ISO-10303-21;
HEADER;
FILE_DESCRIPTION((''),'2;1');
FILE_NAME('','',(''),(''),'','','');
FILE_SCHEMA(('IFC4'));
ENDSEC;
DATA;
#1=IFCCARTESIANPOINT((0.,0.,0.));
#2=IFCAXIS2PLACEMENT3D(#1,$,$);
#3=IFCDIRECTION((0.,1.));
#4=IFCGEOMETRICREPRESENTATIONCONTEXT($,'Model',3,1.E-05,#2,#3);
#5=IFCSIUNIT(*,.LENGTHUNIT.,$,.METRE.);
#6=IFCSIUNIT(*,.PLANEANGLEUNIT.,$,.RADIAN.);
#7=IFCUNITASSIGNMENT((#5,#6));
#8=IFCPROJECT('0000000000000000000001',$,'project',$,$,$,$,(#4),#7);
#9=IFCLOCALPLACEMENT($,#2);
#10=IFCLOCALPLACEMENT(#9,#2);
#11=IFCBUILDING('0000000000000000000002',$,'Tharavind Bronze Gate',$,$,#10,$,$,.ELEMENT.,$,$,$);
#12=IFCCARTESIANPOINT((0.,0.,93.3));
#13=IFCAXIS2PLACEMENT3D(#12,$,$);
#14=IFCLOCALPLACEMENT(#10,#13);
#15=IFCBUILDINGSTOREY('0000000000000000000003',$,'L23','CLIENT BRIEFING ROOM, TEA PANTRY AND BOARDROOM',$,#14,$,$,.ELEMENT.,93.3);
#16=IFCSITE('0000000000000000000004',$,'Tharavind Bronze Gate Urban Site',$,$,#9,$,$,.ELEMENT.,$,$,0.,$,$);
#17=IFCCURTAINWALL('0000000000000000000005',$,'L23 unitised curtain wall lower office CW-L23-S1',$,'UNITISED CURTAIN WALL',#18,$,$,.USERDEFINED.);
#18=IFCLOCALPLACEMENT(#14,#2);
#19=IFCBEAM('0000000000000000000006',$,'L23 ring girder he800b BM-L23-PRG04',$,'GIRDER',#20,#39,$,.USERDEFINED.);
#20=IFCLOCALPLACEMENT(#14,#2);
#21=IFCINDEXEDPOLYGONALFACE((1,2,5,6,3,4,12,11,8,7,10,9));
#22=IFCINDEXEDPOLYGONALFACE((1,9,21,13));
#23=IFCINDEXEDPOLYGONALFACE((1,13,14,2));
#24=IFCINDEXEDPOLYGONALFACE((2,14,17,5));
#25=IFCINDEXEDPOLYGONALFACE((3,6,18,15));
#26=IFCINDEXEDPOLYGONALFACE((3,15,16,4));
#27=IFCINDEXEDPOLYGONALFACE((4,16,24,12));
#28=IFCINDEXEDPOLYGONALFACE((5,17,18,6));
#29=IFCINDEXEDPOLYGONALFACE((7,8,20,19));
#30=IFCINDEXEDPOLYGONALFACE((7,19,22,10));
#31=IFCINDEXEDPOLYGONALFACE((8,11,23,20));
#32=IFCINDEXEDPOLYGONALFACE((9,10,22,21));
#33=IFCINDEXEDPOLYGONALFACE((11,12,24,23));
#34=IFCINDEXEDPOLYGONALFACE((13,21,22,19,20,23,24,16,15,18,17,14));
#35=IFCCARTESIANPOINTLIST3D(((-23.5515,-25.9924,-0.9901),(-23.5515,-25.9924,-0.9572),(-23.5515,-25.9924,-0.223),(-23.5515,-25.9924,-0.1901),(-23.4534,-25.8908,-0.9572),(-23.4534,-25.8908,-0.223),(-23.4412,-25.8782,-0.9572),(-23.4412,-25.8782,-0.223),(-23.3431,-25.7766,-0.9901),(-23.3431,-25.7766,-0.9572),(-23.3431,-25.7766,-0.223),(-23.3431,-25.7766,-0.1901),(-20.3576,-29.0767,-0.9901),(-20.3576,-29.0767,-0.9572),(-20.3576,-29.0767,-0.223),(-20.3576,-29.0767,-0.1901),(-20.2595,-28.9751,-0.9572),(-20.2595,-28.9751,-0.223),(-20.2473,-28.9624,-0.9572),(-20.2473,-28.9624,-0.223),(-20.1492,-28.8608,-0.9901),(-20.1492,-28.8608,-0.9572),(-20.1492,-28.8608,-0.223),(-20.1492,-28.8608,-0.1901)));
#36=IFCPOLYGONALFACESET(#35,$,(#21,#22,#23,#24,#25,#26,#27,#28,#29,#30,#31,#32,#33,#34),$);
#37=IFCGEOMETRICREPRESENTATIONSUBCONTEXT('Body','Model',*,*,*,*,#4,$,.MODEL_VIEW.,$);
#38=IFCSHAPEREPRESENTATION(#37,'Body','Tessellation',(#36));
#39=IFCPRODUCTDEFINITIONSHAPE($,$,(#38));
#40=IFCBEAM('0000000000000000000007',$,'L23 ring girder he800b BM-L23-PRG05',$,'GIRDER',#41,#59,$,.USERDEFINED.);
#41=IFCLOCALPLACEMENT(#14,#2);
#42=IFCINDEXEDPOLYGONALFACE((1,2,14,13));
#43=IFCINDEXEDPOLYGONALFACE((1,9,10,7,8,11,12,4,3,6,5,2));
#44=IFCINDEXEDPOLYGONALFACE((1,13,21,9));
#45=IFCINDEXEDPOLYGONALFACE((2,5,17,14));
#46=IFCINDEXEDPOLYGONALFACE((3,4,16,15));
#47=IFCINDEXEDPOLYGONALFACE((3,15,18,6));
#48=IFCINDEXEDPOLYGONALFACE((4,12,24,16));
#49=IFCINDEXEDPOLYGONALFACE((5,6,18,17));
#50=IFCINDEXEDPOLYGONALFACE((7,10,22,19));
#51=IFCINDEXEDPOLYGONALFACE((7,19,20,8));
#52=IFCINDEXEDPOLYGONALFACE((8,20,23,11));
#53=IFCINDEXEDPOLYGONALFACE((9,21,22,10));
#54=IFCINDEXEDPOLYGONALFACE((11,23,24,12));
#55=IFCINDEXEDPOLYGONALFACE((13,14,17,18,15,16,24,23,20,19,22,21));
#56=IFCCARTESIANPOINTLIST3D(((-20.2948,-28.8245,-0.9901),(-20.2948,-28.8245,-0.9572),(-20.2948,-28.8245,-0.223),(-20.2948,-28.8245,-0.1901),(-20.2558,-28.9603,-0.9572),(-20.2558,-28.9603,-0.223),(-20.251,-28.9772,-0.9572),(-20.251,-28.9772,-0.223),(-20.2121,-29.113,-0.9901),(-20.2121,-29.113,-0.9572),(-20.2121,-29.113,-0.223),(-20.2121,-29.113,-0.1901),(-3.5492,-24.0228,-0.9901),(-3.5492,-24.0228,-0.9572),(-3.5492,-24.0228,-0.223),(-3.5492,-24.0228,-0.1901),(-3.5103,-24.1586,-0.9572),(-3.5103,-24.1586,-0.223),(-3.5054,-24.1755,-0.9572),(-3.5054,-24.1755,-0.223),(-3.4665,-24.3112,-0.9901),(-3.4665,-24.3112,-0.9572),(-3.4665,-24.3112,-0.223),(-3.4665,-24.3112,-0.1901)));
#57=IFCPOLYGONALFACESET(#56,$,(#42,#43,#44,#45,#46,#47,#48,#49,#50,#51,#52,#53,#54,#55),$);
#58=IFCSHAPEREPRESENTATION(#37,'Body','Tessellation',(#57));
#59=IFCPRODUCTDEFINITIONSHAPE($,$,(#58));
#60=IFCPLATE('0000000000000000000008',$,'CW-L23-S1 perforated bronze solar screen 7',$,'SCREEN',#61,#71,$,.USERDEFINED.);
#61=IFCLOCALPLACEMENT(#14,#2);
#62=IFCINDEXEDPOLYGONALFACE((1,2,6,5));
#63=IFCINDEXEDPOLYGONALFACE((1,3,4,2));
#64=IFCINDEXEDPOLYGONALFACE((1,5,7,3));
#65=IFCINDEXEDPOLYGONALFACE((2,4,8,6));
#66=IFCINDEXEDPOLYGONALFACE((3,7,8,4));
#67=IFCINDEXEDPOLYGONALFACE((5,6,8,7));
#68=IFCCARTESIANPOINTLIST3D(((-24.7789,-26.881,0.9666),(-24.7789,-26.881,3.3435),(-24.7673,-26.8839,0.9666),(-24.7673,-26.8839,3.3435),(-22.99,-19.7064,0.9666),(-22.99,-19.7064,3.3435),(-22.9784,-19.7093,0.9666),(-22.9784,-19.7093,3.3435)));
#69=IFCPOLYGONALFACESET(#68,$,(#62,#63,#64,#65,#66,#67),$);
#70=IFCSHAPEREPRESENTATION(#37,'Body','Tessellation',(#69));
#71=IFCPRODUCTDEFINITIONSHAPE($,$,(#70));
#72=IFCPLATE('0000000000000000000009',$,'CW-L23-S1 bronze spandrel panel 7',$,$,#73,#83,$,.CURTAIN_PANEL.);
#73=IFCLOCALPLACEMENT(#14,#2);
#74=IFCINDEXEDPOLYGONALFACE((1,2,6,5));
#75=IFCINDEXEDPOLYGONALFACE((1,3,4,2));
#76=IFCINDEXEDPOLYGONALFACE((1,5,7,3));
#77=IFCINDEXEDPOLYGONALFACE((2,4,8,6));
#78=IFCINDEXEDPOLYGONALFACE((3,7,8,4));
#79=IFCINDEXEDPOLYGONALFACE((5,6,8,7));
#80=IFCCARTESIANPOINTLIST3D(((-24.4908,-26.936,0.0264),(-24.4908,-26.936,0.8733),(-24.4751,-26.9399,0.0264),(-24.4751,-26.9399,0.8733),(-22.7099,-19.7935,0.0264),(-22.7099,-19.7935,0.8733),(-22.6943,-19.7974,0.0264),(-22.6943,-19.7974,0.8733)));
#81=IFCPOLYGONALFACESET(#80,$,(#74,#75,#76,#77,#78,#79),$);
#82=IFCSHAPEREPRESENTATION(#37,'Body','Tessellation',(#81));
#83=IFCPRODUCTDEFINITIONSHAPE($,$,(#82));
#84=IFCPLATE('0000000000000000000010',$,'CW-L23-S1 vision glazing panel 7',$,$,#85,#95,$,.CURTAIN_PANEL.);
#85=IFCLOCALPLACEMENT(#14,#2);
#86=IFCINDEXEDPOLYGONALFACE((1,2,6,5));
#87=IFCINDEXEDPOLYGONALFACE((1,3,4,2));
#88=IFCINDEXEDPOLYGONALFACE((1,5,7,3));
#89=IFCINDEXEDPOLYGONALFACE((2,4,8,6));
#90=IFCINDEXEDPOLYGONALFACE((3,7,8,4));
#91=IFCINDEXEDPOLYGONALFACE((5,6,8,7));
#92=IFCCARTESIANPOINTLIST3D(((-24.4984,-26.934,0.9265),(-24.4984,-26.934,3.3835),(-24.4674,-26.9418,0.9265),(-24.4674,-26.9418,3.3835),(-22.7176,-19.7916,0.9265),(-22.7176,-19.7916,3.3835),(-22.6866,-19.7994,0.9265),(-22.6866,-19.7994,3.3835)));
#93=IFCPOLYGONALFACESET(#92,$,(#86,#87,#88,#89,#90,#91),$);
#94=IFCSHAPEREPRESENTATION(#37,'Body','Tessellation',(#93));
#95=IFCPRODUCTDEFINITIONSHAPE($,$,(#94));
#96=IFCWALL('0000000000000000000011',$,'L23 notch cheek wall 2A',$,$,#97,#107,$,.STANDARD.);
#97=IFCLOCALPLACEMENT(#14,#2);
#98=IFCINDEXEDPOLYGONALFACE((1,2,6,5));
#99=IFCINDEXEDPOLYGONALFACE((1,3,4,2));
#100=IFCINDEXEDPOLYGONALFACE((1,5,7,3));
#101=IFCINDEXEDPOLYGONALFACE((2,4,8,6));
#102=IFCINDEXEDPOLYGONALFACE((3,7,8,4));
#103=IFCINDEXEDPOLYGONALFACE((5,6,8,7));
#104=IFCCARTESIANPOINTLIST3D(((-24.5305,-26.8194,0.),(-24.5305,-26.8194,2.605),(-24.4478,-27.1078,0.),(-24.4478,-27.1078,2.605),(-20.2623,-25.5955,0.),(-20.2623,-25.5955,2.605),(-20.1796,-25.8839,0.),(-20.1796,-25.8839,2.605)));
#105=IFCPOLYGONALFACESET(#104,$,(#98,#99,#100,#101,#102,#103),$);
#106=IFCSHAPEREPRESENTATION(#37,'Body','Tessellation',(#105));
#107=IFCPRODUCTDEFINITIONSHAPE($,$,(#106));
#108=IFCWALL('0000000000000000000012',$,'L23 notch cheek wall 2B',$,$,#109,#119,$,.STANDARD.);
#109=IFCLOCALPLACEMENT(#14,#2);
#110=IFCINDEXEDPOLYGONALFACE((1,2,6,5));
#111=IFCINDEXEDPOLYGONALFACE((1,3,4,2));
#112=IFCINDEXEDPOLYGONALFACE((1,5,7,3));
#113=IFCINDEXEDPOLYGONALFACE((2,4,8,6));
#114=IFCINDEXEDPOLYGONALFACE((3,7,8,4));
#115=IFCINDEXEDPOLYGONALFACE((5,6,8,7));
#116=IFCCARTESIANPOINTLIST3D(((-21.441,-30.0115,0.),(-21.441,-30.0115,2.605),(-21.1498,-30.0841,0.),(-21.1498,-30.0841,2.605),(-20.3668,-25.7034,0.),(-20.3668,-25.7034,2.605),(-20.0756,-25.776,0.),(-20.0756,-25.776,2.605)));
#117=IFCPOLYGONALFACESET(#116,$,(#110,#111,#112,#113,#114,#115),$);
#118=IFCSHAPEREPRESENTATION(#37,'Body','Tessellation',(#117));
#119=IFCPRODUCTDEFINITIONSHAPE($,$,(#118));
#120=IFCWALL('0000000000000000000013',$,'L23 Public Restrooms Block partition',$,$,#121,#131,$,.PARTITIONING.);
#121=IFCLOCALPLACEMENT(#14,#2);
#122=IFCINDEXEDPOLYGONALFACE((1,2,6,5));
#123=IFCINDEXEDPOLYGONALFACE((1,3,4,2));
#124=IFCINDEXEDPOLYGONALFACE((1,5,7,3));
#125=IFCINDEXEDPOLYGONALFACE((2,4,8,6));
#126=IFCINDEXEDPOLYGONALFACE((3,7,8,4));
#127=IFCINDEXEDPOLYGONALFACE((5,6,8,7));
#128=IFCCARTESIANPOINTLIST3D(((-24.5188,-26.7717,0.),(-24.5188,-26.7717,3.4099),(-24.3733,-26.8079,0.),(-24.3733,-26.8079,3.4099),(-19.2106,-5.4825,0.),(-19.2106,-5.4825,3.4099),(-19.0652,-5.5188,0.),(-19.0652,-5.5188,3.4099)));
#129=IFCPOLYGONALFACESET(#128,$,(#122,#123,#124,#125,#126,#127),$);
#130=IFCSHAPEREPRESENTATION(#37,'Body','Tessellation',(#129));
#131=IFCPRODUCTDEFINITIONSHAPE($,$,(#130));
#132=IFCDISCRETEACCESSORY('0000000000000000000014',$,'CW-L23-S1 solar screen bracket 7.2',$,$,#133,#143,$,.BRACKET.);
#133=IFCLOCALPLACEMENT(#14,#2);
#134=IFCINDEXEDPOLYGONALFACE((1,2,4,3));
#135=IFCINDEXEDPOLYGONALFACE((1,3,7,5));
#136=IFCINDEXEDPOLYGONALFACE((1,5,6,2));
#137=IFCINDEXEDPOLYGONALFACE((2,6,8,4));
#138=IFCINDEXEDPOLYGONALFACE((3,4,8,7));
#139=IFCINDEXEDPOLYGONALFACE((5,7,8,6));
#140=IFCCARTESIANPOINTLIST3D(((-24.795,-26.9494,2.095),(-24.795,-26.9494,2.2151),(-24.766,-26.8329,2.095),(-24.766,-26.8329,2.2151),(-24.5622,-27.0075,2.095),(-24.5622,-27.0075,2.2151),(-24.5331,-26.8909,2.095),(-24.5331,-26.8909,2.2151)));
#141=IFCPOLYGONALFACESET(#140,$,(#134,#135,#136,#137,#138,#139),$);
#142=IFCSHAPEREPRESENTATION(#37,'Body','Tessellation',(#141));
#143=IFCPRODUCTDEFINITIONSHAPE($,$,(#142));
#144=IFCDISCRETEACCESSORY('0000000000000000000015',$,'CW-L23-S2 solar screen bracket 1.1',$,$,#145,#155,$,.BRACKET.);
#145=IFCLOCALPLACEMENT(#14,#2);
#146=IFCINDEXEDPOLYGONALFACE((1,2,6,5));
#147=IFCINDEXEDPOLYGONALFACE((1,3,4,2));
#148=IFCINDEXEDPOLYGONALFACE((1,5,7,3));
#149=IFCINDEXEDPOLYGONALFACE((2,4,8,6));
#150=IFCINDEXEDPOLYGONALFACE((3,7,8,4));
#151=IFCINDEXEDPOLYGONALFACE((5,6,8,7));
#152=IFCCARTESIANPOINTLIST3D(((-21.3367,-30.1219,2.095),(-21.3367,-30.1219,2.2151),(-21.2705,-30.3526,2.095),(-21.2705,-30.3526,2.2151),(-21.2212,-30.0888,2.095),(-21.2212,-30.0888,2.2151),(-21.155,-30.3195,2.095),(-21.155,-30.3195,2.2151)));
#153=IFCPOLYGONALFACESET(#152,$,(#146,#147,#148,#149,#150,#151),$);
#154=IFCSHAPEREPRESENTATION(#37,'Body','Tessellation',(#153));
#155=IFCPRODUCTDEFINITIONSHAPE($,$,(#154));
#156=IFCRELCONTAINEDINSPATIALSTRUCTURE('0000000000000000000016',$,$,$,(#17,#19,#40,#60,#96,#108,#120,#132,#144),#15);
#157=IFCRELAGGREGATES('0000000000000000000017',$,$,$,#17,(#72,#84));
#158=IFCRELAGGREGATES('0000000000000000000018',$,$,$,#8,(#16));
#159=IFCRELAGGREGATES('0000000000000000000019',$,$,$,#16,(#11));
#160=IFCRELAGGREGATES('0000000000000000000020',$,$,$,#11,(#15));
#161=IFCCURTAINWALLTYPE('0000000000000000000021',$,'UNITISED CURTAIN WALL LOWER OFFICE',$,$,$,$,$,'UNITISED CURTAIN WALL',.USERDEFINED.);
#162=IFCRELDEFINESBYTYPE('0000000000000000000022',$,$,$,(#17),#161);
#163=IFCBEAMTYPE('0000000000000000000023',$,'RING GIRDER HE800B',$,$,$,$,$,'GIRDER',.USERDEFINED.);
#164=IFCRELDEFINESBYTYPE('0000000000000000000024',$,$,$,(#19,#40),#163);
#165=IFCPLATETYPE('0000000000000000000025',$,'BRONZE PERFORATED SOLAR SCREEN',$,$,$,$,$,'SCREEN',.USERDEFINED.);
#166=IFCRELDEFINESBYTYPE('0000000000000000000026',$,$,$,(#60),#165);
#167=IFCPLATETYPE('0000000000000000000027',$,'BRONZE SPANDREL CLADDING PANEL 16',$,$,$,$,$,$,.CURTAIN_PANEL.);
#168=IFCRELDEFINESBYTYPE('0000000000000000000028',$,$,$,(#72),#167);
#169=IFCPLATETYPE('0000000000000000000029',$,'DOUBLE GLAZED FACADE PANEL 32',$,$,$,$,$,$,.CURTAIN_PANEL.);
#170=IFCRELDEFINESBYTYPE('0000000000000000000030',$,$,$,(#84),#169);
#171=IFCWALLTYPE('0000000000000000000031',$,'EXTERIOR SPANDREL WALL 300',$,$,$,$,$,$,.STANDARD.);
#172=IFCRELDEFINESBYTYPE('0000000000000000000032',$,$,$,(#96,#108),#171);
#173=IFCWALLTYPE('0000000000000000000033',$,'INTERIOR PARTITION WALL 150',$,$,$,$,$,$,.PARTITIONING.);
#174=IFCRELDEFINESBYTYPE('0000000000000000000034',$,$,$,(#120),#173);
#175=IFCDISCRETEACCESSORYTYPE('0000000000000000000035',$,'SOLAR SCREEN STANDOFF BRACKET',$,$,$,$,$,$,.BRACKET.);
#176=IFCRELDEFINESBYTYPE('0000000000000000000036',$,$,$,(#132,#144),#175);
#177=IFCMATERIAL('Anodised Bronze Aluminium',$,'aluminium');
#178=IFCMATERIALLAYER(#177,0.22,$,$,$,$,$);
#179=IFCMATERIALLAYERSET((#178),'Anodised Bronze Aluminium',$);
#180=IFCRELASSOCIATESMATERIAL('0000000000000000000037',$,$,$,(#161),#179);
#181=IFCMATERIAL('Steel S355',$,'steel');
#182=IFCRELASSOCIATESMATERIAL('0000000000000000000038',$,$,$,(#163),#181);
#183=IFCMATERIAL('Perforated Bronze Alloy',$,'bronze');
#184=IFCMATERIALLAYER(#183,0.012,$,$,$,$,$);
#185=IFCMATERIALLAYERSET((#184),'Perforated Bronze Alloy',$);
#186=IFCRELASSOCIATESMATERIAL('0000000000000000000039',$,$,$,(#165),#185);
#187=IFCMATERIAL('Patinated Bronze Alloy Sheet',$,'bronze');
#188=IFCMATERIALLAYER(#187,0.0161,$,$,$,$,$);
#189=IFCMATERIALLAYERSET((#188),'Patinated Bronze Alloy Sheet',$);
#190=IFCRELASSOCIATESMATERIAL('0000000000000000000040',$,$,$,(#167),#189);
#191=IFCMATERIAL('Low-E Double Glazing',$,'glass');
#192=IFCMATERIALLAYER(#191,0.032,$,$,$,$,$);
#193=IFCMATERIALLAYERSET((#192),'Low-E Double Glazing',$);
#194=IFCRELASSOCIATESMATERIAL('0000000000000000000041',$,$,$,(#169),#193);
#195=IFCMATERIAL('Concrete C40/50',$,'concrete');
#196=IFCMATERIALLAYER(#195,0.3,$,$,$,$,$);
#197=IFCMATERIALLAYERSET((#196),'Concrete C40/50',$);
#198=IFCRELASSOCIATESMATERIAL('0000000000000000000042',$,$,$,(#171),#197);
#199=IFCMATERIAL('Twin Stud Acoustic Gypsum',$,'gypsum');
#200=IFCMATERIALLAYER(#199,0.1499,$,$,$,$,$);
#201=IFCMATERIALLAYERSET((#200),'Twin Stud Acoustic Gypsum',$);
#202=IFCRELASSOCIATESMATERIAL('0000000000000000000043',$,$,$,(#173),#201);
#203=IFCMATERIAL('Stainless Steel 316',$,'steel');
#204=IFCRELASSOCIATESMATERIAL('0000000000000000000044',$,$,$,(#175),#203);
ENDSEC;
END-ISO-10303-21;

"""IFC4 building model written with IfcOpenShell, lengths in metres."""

from ifc_helpers import new_model, si_unit, direction, frame, frame_2d, origin, origin_2d, place, context, subcontext, project, spatial, rectangle, i_section, extrude, material, layer, layer_set, material_profile, profile_set, type_object, element, aggregate, save


model = new_model("IFC4")

# Units and contexts
model_context = context("Model", 3, precision=1e-05, world=origin(), true_north=direction((0.0, 1.0)))
body_context = subcontext(model_context, "Body", "Model", "MODEL_VIEW")
ifc_project = project(units=[si_unit("LENGTHUNIT", "METRE"), si_unit("PLANEANGLEUNIT", "RADIAN")], contexts=[model_context])

# Site, building, storey
site_placement = place(None, origin())
site = spatial("IfcSite", under=ifc_project, at=site_placement, Name="Tharavind Bronze Gate Urban Site", CompositionType="ELEMENT", RefElevation=0.0)
building_placement = place(site_placement, origin())
building = spatial("IfcBuilding", under=site, at=building_placement, Name="Tharavind Bronze Gate", CompositionType="ELEMENT")
storey_placement = place(building_placement, frame((0.0, 0.0, 93.3)))
storey = spatial("IfcBuildingStorey", under=building, at=storey_placement, Name="L23", Description="CLIENT BRIEFING ROOM, TEA PANTRY AND BOARDROOM", CompositionType="ELEMENT", Elevation=93.3)

# Curtain wall
ifc_material_1 = material(Name="Anodised Bronze Aluminium", Category="aluminium")
ifc_layer_1 = layer(ifc_material_1, 0.22)
ifc_layer_set_1 = layer_set([ifc_layer_1], Name="Anodised Bronze Aluminium")
curtain_wall_type = type_object("IfcCurtainWallType", Name="UNITISED CURTAIN WALL LOWER OFFICE", ElementType="UNITISED CURTAIN WALL", PredefinedType="USERDEFINED", material=ifc_layer_set_1)
curtain_wall_1_placement = place(storey_placement, origin())
curtain_wall_1 = element("IfcCurtainWall", 1, at=curtain_wall_1_placement, inside=storey, type_object=curtain_wall_type, Name="L23 unitised curtain wall lower office CW-L23-S1", ObjectType="UNITISED CURTAIN WALL", PredefinedType="USERDEFINED")

# Beams
ifc_material_2 = material(Name="Steel S355", Category="steel")
ifc_material_profile_1 = material_profile(ifc_material_2, i_section(OverallWidth=0.3, OverallDepth=0.8, WebThickness=0.0176, FlangeThickness=0.033, at=origin_2d()), Name="HE800B")
ifc_profile_set_1 = profile_set([ifc_material_profile_1], Name="Steel S355")
beam_type_1 = type_object("IfcBeamType", Name="RING GIRDER HE800B", ElementType="GIRDER", PredefinedType="USERDEFINED", material=ifc_profile_set_1)
beam_1_placement = place(storey_placement, frame((-23.4473, -25.8845, -0.5901), z_axis=(0.719344, -0.694654, 0.0), x_axis=(0.694654, 0.719344, 0.0)))
element("IfcBeam", 2, at=beam_1_placement, inside=storey, type_object=beam_type_1, Name="L23 ring girder he800b BM-L23-PRG04", ObjectType="GIRDER", PredefinedType="USERDEFINED", context=body_context, shape_type="SweptSolid", body=[
    extrude(i_section(OverallWidth=0.3, OverallDepth=0.8, WebThickness=0.0176, FlangeThickness=0.033, at=origin_2d()), origin(), (0.0, 0.0, 1.0), 4.4399),
])
beam_2_placement = place(storey_placement, frame((-20.2534, -28.9688, -0.5901), z_axis=(0.961261, 0.275639, 0.0), x_axis=(-0.275639, 0.961261, 0.0)))
element("IfcBeam", 3, at=beam_2_placement, inside=storey, type_object=beam_type_1, Name="L23 ring girder he800b BM-L23-PRG05", ObjectType="GIRDER", PredefinedType="USERDEFINED", context=body_context, shape_type="SweptSolid", body=[
    extrude(i_section(OverallWidth=0.3, OverallDepth=0.8, WebThickness=0.0176, FlangeThickness=0.033, at=origin_2d()), origin(), (0.0, 0.0, 1.0), 17.4204),
])

# Plates
ifc_material_3 = material(Name="Perforated Bronze Alloy", Category="bronze")
ifc_layer_2 = layer(ifc_material_3, 0.012)
ifc_layer_set_2 = layer_set([ifc_layer_2], Name="Perforated Bronze Alloy")
plate_type_1 = type_object("IfcPlateType", Name="BRONZE PERFORATED SOLAR SCREEN", ElementType="SCREEN", PredefinedType="USERDEFINED", material=ifc_layer_set_2)
plate_1_placement = place(storey_placement, frame((-23.8787, -23.2952, 0.9666), z_axis=(0.0, 0.0, 1.0), x_axis=(-0.241922, -0.970296, 0.0)))
element("IfcPlate", 4, at=plate_1_placement, inside=storey, type_object=plate_type_1, Name="CW-L23-S1 perforated bronze solar screen 7", ObjectType="SCREEN", PredefinedType="USERDEFINED", context=body_context, shape_type="SweptSolid", body=[
    extrude(rectangle(XDim=7.3943, YDim=0.012, at=origin_2d()), origin(), (0.0, 0.0, 1.0), 2.377),
])
ifc_material_4 = material(Name="Patinated Bronze Alloy Sheet", Category="bronze")
ifc_layer_3 = layer(ifc_material_4, 0.0161)
ifc_layer_set_3 = layer_set([ifc_layer_3], Name="Patinated Bronze Alloy Sheet")
plate_type_2 = type_object("IfcPlateType", Name="BRONZE SPANDREL CLADDING PANEL 16", PredefinedType="CURTAIN_PANEL", material=ifc_layer_set_3)
plate_2_placement = place(storey_placement, frame((-23.5925, -23.3667, 0.0264), z_axis=(0.0, 0.0, 1.0), x_axis=(-0.241922, -0.970296, 0.0)))
plate_2 = element("IfcPlate", 5, at=plate_2_placement, type_object=plate_type_2, Name="CW-L23-S1 bronze spandrel panel 7", PredefinedType="CURTAIN_PANEL", context=body_context, shape_type="SweptSolid", body=[
    extrude(rectangle(XDim=7.3611, YDim=0.0161, at=origin_2d()), origin(), (0.0, 0.0, 1.0), 0.8469),
])
ifc_material_5 = material(Name="Low-E Double Glazing", Category="glass")
ifc_layer_4 = layer(ifc_material_5, 0.032)
ifc_layer_set_4 = layer_set([ifc_layer_4], Name="Low-E Double Glazing")
plate_type_3 = type_object("IfcPlateType", Name="DOUBLE GLAZED FACADE PANEL 32", PredefinedType="CURTAIN_PANEL", material=ifc_layer_set_4)
plate_3_placement = place(storey_placement, frame((-23.5925, -23.3667, 0.9265), z_axis=(0.0, 0.0, 1.0), x_axis=(-0.241922, -0.970296, 0.0)))
plate_3 = element("IfcPlate", 6, at=plate_3_placement, type_object=plate_type_3, Name="CW-L23-S1 vision glazing panel 7", PredefinedType="CURTAIN_PANEL", context=body_context, shape_type="SweptSolid", body=[
    extrude(rectangle(XDim=7.3611, YDim=0.032, at=origin_2d()), origin(), (0.0, 0.0, 1.0), 2.457),
])
aggregate(curtain_wall_1, [plate_2, plate_3])

# Walls
ifc_material_6 = material(Name="Concrete C40/50", Category="concrete")
ifc_layer_5 = layer(ifc_material_6, 0.3)
ifc_layer_set_5 = layer_set([ifc_layer_5], Name="Concrete C40/50")
wall_type_1 = type_object("IfcWallType", Name="EXTERIOR SPANDREL WALL 300", PredefinedType="STANDARD", material=ifc_layer_set_5)
wall_1_placement = place(storey_placement, frame((-24.4893, -26.9636, 0.0), z_axis=(0.0, 0.0, 1.0), x_axis=(0.96126, 0.275643, 0.0)))
element("IfcWall", 7, at=wall_1_placement, inside=storey, type_object=wall_type_1, Name="L23 notch cheek wall 2A", PredefinedType="STANDARD", context=body_context, shape_type="SweptSolid", body=[
    extrude(rectangle(XDim=4.4402, YDim=0.3, at=frame_2d((2.2202, 0.0))), origin(), (0.0, 0.0, 1.0), 2.605),
])
wall_2_placement = place(storey_placement, frame((-20.2212, -25.7397, 0.0), z_axis=(0.0, 0.0, 1.0), x_axis=(-0.24194, -0.970291, 0.0)))
element("IfcWall", 8, at=wall_2_placement, inside=storey, type_object=wall_type_1, Name="L23 notch cheek wall 2B", PredefinedType="STANDARD", context=body_context, shape_type="SweptSolid", body=[
    extrude(rectangle(XDim=4.4399, YDim=0.3, at=frame_2d((2.22, 0.0))), origin(), (0.0, 0.0, 1.0), 2.605),
])
ifc_material_7 = material(Name="Twin Stud Acoustic Gypsum", Category="gypsum")
ifc_layer_6 = layer(ifc_material_7, 0.1499)
ifc_layer_set_6 = layer_set([ifc_layer_6], Name="Twin Stud Acoustic Gypsum")
wall_type_2 = type_object("IfcWallType", Name="INTERIOR PARTITION WALL 150", PredefinedType="PARTITIONING", material=ifc_layer_set_6)
wall_3_placement = place(storey_placement, frame((-24.446, -26.7898, 0.0), z_axis=(0.0, 0.0, 1.0), x_axis=(0.241928, 0.970294, 0.0)))
element("IfcWall", 9, at=wall_3_placement, inside=storey, type_object=wall_type_2, Name="L23 Public Restrooms Block partition", PredefinedType="PARTITIONING", context=body_context, shape_type="SweptSolid", body=[
    extrude(rectangle(XDim=21.9409, YDim=0.1499, at=frame_2d((10.9705, 0.0))), origin(), (0.0, 0.0, 1.0), 3.4099),
])

# Discrete accessories
ifc_material_8 = material(Name="Stainless Steel 316", Category="steel")
discrete_accessory_type = type_object("IfcDiscreteAccessoryType", Name="SOLAR SCREEN STANDOFF BRACKET", PredefinedType="BRACKET", material=ifc_material_8)
for number, where, z_axis, x_axis, name in (
    (10, (-24.6641, -26.9202, 2.095), (0.0, 0.0, 1.0), (-0.241922, -0.970296, 0.0), "CW-L23-S1 solar screen bracket 7.2"),
    (11, (-21.2458, -30.2207, 2.095), (0.0, 0.0, 1.0), (0.961262, 0.275637, 0.0), "CW-L23-S2 solar screen bracket 1.1"),
):
    element("IfcDiscreteAccessory", number, at=place(storey_placement, frame(where, z_axis=z_axis, x_axis=x_axis)), inside=storey, type_object=discrete_accessory_type, Name=name, PredefinedType="BRACKET", context=body_context, shape_type="SweptSolid", body=[
        extrude(rectangle(XDim=0.1201, YDim=0.24, at=origin_2d()), origin(), (0.0, 0.0, 1.0), 0.1201),
    ])

save(model, "model.ifc")
